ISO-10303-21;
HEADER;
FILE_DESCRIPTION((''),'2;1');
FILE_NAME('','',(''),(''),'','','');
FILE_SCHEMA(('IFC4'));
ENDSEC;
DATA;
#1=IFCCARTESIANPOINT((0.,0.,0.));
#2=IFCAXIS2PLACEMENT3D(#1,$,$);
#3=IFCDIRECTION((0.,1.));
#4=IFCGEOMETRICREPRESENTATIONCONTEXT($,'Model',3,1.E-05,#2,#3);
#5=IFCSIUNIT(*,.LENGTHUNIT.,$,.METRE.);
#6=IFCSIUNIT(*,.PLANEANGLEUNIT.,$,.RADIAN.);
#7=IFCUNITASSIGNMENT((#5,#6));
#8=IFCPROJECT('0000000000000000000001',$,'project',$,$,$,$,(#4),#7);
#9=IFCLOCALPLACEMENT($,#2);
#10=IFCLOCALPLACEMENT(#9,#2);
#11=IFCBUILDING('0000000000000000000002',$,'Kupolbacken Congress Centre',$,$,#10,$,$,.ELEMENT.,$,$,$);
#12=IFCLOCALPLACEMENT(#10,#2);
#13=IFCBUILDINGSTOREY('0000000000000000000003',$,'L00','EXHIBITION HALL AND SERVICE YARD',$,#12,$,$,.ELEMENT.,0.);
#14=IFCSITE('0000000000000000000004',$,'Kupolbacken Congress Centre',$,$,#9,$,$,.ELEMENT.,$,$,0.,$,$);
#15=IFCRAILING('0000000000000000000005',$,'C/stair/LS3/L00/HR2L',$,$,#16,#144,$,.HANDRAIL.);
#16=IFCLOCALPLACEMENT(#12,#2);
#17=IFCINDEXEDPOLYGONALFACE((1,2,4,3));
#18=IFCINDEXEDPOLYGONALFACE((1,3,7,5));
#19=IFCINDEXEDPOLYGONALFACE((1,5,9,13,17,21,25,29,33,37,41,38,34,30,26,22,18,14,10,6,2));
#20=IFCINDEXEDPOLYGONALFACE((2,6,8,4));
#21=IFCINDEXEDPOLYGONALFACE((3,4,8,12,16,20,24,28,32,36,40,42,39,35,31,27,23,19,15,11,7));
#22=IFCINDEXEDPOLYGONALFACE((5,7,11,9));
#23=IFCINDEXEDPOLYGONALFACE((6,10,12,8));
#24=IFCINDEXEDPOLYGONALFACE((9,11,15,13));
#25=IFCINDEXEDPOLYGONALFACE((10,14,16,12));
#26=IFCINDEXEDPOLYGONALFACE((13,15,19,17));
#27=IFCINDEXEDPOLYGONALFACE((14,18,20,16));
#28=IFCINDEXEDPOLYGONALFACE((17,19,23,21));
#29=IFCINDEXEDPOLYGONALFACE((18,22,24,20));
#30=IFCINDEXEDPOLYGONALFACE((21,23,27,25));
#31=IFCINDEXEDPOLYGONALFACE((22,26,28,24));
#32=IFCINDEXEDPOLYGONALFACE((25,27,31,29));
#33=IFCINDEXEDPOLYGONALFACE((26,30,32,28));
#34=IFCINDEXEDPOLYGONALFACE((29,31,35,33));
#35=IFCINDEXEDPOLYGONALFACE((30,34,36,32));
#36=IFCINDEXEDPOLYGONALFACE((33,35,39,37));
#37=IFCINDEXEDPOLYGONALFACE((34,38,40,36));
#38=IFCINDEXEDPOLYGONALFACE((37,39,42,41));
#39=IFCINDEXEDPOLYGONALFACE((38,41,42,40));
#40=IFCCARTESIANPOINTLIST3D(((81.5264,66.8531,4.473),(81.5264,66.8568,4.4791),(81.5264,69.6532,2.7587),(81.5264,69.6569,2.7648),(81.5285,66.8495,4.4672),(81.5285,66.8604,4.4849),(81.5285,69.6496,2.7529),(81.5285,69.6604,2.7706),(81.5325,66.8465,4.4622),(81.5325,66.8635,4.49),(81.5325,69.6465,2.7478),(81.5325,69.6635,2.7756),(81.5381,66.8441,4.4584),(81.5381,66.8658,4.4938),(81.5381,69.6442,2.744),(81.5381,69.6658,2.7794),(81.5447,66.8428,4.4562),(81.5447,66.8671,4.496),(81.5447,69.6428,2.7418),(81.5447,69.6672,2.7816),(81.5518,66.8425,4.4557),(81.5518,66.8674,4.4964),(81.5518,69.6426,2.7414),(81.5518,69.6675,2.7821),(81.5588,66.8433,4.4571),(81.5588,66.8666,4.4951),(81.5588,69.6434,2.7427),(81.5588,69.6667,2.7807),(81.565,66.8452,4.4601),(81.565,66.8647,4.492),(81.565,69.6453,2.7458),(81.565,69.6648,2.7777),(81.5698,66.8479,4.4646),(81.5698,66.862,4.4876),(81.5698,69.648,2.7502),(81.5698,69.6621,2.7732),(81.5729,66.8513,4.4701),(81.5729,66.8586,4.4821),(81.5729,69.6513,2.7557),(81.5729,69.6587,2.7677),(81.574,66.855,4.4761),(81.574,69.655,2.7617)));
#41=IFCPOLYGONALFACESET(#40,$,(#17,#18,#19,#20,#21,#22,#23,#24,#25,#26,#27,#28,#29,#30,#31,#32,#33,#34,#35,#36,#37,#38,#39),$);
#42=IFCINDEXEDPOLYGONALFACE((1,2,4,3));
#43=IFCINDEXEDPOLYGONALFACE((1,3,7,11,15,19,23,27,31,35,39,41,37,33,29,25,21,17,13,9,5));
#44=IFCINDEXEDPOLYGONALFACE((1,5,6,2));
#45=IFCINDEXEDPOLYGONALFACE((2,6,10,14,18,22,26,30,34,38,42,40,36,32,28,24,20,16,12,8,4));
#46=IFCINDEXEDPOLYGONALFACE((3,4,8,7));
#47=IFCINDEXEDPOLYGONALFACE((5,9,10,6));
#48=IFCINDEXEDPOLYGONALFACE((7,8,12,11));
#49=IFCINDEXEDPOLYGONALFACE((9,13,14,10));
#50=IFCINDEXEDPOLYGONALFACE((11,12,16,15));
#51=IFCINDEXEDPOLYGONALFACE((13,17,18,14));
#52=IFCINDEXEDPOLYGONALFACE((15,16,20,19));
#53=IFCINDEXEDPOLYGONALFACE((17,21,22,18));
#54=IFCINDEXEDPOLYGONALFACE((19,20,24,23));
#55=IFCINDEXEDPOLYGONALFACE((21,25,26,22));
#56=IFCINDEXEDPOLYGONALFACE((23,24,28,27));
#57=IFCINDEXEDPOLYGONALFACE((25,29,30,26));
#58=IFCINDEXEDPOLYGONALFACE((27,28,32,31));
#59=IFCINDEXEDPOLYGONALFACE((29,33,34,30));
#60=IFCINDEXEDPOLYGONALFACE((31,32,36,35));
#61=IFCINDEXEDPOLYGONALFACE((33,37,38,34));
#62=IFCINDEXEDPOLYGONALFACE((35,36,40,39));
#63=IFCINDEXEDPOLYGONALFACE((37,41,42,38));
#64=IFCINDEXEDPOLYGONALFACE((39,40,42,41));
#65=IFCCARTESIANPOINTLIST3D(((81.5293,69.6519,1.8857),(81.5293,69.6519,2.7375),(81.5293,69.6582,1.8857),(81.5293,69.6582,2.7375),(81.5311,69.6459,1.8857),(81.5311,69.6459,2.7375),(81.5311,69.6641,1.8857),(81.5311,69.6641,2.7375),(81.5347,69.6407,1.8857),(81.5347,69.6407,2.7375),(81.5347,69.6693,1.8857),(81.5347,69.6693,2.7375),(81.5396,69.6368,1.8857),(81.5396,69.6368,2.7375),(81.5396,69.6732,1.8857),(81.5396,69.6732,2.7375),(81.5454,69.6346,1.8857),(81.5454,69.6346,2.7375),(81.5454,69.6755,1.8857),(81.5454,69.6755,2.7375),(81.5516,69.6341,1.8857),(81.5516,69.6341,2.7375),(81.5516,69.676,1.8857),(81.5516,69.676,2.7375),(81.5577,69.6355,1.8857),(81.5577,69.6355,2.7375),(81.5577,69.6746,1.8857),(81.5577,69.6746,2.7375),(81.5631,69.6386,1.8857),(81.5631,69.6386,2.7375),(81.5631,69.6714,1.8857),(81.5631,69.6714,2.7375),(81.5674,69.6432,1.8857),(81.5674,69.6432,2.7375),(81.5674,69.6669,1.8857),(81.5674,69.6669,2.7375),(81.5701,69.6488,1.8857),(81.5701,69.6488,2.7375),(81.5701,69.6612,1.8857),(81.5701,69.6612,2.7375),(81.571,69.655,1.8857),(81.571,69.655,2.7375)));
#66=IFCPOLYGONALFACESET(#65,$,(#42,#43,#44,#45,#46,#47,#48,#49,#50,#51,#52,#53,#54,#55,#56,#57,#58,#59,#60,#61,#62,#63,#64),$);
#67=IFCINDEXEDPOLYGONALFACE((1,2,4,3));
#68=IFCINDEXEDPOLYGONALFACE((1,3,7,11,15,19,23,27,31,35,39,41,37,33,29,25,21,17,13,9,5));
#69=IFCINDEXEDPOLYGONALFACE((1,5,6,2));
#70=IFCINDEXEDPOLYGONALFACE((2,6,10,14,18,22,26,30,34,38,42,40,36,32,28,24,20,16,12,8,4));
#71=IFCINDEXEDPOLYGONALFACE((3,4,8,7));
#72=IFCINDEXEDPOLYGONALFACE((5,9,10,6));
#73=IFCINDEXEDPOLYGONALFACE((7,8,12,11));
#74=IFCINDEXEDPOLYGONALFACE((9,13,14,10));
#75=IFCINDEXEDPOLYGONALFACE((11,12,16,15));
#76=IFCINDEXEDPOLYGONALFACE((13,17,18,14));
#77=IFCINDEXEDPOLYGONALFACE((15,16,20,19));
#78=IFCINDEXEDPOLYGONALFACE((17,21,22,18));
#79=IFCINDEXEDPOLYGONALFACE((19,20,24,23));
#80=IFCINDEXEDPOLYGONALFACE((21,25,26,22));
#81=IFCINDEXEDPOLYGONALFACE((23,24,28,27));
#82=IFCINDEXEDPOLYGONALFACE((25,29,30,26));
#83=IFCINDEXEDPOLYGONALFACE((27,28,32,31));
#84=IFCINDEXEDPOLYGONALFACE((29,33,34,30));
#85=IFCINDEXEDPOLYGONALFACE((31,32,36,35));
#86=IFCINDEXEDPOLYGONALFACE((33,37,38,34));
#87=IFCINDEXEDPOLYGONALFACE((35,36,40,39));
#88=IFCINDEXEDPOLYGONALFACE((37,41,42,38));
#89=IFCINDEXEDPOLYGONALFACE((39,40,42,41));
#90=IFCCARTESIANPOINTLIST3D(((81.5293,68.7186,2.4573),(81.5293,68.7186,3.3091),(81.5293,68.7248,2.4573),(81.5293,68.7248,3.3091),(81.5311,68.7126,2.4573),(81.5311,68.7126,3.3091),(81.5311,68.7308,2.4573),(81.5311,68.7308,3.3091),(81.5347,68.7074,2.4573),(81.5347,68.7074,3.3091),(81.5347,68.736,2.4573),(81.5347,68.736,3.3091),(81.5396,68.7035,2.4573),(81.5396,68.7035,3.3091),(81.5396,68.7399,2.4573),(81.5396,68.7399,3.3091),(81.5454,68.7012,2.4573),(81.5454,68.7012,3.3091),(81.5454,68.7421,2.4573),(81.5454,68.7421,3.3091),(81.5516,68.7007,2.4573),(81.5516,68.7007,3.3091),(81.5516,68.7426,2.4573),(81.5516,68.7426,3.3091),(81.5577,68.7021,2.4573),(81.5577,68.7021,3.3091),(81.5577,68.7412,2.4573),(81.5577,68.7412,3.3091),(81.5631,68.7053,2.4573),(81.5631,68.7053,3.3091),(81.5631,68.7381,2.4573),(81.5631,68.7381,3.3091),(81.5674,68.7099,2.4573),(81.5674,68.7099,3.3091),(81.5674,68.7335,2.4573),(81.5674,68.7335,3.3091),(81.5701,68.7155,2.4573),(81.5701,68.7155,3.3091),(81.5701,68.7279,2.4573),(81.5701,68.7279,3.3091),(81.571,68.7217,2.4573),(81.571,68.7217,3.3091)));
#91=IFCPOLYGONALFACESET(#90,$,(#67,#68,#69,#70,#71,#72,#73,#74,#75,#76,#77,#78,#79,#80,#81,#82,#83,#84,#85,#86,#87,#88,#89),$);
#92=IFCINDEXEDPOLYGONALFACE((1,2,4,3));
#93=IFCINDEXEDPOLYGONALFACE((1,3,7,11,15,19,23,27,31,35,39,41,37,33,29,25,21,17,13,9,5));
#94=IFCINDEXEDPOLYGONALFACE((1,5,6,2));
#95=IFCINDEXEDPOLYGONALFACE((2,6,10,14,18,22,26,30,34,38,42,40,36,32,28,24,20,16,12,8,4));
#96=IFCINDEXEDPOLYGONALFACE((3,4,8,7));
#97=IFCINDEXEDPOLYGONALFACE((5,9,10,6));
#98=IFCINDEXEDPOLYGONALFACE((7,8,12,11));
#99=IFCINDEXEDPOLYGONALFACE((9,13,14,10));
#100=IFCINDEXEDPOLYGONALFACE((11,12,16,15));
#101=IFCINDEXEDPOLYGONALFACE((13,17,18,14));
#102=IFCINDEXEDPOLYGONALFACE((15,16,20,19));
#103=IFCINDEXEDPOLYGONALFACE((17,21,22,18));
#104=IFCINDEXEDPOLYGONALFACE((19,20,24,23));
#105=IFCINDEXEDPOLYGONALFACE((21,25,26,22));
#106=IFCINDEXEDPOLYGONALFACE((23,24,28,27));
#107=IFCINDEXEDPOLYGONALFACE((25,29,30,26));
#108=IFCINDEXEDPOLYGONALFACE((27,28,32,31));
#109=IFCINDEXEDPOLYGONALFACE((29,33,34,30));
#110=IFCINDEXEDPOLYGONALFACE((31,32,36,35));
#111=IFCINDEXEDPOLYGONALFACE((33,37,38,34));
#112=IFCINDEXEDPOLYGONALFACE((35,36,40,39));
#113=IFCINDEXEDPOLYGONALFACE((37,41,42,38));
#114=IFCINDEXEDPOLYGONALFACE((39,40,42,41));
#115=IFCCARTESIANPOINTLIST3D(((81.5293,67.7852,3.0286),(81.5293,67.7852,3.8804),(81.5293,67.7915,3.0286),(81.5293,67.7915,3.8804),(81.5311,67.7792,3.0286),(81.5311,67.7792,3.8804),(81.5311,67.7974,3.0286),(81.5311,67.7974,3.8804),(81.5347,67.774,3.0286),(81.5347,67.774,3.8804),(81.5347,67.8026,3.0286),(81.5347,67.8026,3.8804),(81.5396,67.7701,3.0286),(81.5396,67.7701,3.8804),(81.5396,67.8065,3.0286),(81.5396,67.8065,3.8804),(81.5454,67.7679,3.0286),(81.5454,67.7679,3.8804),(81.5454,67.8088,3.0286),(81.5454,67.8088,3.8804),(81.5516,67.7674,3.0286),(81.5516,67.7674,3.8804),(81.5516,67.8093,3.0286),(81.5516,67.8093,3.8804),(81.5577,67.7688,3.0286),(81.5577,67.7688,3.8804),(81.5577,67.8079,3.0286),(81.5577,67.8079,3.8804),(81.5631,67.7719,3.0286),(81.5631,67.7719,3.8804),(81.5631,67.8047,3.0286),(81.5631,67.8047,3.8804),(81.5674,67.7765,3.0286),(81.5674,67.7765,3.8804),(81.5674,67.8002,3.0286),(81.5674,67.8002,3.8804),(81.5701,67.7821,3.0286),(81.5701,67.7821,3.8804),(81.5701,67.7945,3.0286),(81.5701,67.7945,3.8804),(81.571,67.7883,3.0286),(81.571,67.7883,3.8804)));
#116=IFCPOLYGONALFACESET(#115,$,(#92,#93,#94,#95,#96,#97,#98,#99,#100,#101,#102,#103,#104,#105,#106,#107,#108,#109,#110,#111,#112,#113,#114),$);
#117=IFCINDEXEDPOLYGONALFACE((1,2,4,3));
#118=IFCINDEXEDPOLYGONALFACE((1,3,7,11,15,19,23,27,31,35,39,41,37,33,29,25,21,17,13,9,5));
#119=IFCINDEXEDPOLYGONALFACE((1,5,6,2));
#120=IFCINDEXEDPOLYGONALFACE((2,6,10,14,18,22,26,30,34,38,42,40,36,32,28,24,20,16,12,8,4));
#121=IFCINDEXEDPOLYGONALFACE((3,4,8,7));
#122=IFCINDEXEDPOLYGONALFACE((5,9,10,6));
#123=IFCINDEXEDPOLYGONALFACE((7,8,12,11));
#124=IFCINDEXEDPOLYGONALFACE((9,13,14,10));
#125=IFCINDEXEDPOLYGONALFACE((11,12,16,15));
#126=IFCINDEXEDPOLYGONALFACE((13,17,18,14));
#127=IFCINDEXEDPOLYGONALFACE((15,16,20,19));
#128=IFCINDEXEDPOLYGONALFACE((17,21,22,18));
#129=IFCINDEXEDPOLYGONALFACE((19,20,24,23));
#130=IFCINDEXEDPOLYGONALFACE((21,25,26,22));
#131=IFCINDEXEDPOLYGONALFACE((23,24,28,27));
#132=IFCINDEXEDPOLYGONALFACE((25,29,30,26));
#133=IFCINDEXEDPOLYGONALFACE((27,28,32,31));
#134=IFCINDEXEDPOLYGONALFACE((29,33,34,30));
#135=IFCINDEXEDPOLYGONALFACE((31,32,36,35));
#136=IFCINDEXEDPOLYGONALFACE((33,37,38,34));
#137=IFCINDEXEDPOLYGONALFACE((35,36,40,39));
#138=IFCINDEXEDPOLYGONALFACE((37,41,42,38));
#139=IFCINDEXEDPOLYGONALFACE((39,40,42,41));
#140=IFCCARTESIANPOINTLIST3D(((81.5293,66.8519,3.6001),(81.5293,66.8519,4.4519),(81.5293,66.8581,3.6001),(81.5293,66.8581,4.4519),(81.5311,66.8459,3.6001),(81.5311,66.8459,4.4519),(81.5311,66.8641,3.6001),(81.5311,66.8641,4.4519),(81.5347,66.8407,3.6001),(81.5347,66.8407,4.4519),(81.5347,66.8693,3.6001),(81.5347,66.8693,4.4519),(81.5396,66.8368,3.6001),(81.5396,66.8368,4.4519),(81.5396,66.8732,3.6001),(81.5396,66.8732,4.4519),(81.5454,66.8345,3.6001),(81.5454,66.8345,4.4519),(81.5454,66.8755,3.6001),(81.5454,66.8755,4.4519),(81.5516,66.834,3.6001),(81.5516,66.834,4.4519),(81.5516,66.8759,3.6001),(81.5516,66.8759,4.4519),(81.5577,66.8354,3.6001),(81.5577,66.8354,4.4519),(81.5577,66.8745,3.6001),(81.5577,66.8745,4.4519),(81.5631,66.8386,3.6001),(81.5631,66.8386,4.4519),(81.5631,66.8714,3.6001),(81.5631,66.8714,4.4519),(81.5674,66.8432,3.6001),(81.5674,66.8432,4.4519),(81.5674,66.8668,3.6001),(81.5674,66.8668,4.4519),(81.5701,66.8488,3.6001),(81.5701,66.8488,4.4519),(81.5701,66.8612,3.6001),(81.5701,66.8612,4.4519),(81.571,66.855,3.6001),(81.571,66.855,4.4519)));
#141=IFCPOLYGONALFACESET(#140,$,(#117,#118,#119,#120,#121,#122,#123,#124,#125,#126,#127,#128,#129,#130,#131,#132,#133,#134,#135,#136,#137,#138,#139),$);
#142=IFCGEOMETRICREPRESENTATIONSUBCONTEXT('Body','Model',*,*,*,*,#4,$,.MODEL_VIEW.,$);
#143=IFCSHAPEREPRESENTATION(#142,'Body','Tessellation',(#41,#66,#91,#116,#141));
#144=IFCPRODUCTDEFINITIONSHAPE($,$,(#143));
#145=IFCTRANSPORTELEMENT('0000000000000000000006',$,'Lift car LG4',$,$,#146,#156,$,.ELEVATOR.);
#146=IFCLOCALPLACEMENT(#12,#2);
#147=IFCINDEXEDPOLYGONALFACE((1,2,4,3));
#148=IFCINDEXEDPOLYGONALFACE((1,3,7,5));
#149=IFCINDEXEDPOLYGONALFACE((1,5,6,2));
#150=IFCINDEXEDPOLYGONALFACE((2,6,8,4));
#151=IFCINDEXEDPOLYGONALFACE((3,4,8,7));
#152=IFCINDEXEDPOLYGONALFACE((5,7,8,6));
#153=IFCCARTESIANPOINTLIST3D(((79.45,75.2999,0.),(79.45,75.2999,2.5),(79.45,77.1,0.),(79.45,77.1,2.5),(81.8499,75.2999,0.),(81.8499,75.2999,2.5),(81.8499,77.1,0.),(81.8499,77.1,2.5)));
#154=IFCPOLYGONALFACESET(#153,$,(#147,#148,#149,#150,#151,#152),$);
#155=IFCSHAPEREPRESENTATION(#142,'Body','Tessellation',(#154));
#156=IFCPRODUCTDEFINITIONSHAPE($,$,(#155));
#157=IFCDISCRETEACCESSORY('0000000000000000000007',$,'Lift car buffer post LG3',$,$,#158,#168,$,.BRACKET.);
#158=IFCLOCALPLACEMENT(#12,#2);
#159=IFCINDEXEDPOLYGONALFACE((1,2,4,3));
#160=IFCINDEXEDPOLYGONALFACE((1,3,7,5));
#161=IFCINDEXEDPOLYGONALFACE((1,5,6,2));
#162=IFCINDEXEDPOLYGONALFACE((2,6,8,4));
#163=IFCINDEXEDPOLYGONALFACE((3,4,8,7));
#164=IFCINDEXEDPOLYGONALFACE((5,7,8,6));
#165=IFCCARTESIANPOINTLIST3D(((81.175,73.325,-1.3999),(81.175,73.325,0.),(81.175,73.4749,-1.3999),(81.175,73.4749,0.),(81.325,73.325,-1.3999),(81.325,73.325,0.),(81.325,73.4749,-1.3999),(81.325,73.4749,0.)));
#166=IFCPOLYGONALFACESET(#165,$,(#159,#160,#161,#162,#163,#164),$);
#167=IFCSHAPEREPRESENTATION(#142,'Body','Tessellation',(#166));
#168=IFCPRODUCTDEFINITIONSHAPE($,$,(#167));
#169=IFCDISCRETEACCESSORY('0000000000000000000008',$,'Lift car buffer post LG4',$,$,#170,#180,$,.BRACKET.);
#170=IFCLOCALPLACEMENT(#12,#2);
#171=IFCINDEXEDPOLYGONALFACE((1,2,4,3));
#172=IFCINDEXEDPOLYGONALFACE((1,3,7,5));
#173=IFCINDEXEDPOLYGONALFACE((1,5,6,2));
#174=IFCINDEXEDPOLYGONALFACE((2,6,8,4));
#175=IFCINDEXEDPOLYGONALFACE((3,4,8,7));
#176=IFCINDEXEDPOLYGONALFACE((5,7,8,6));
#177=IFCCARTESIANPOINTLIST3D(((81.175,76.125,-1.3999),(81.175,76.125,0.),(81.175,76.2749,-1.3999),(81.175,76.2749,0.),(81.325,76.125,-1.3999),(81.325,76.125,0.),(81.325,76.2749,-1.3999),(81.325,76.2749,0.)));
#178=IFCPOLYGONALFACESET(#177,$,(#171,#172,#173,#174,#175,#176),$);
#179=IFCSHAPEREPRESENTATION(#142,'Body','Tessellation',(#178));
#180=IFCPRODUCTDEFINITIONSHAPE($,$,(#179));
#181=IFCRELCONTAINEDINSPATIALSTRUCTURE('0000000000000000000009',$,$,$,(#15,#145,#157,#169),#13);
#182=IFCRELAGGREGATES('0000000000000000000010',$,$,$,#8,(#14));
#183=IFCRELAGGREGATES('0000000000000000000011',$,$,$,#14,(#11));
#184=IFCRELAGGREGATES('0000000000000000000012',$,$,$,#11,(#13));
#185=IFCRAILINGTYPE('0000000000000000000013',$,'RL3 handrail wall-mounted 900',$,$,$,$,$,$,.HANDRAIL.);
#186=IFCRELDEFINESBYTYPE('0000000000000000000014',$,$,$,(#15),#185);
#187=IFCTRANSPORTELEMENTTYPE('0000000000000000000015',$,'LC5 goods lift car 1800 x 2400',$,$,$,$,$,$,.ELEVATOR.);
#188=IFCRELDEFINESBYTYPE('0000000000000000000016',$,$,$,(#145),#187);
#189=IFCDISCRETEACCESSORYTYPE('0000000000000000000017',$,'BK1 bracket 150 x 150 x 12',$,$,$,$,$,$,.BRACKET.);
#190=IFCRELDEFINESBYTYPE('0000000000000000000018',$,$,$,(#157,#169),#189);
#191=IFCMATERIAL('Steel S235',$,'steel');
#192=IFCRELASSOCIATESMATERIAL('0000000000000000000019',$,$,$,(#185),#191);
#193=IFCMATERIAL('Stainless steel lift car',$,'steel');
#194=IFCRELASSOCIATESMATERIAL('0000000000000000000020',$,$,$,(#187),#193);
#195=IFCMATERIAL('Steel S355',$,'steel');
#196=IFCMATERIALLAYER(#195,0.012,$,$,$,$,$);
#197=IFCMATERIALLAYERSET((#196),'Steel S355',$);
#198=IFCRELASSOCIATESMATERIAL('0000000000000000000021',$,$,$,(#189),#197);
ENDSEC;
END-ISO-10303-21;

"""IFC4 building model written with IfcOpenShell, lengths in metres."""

from ifc_helpers import new_model, si_unit, direction, frame, origin, origin_2d, place, context, subcontext, project, spatial, rectangle, circle, extrude, material, layer, layer_set, type_object, element, save


model = new_model("IFC4")

# Units and contexts
model_context = context("Model", 3, precision=1e-05, world=origin(), true_north=direction((0.0, 1.0)))
body_context = subcontext(model_context, "Body", "Model", "MODEL_VIEW")
ifc_project = project(units=[si_unit("LENGTHUNIT", "METRE"), si_unit("PLANEANGLEUNIT", "RADIAN")], contexts=[model_context])

# Site, building, storey
site_placement = place(None, origin())
site = spatial("IfcSite", under=ifc_project, at=site_placement, Name="Kupolbacken Congress Centre", CompositionType="ELEMENT", RefElevation=0.0)
building_placement = place(site_placement, origin())
building = spatial("IfcBuilding", under=site, at=building_placement, Name="Kupolbacken Congress Centre", CompositionType="ELEMENT")
storey_placement = place(building_placement, origin())
storey = spatial("IfcBuildingStorey", under=building, at=storey_placement, Name="L00", Description="EXHIBITION HALL AND SERVICE YARD", CompositionType="ELEMENT", Elevation=0.0)

# Railing
ifc_material_1 = material(Name="Steel S235", Category="steel")
railing_type = type_object("IfcRailingType", Name="RL3 handrail wall-mounted 900", PredefinedType="HANDRAIL", material=ifc_material_1)
railing_placement = place(storey_placement, frame((81.55, 69.655, 1.8857)))
element("IfcRailing", 1, at=railing_placement, inside=storey, type_object=railing_type, Name="C/stair/LS3/L00/HR2L", PredefinedType="HANDRAIL", context=body_context, shape_type="SweptSolid", body=[
    extrude(circle(Radius=0.0239, at=origin_2d()), frame((0.0, 0.0, 0.876), z_axis=(0.0, -0.852846, 0.522163), x_axis=(1.0, 0.0, 0.0)), (0.0, 0.0, 1.0), 3.2832),
    extrude(circle(Radius=0.021, at=origin_2d()), origin(), (0.0, 0.0, 1.0), 0.8518),
    extrude(circle(Radius=0.021, at=origin_2d()), frame((0.0, -0.9333, 0.5715)), (0.0, 0.0, 1.0), 0.8518),
    extrude(circle(Radius=0.021, at=origin_2d()), frame((0.0, -1.8667, 1.1428)), (0.0, 0.0, 1.0), 0.8518),
    extrude(circle(Radius=0.021, at=origin_2d()), frame((0.0, -2.8, 1.7144)), (0.0, 0.0, 1.0), 0.8518),
])

# Transport element
ifc_material_2 = material(Name="Stainless steel lift car", Category="steel")
transport_element_type = type_object("IfcTransportElementType", Name="LC5 goods lift car 1800 x 2400", PredefinedType="ELEVATOR", material=ifc_material_2)
transport_element_placement = place(storey_placement, frame((80.6499, 76.2, 0.0), z_axis=(0.0, 0.0, 1.0), x_axis=(1.0, 0.0, 0.0)))
element("IfcTransportElement", 2, at=transport_element_placement, inside=storey, type_object=transport_element_type, Name="Lift car LG4", PredefinedType="ELEVATOR", context=body_context, shape_type="SweptSolid", body=[
    extrude(rectangle(XDim=2.3999, YDim=1.8, at=origin_2d()), origin(), (0.0, 0.0, 1.0), 2.5),
])

# Discrete accessories
ifc_material_3 = material(Name="Steel S355", Category="steel")
ifc_layer_1 = layer(ifc_material_3, 0.012)
ifc_layer_set_1 = layer_set([ifc_layer_1], Name="Steel S355")
discrete_accessory_type = type_object("IfcDiscreteAccessoryType", Name="BK1 bracket 150 x 150 x 12", PredefinedType="BRACKET", material=ifc_layer_set_1)
for number, where, z_axis, x_axis, name in (
    (3, (81.25, 73.3999, -1.3999), (0.0, 0.0, 1.0), (1.0, 0.0, 0.0), "Lift car buffer post LG3"),
    (4, (81.25, 76.2, -1.3999), (0.0, 0.0, 1.0), (1.0, 0.0, 0.0), "Lift car buffer post LG4"),
):
    element("IfcDiscreteAccessory", number, at=place(storey_placement, frame(where, z_axis=z_axis, x_axis=x_axis)), inside=storey, type_object=discrete_accessory_type, Name=name, PredefinedType="BRACKET", context=body_context, shape_type="SweptSolid", body=[
        extrude(rectangle(XDim=0.1499, YDim=0.1499, at=origin_2d()), origin(), (0.0, 0.0, 1.0), 1.3999),
    ])

save(model, "model.ifc")
